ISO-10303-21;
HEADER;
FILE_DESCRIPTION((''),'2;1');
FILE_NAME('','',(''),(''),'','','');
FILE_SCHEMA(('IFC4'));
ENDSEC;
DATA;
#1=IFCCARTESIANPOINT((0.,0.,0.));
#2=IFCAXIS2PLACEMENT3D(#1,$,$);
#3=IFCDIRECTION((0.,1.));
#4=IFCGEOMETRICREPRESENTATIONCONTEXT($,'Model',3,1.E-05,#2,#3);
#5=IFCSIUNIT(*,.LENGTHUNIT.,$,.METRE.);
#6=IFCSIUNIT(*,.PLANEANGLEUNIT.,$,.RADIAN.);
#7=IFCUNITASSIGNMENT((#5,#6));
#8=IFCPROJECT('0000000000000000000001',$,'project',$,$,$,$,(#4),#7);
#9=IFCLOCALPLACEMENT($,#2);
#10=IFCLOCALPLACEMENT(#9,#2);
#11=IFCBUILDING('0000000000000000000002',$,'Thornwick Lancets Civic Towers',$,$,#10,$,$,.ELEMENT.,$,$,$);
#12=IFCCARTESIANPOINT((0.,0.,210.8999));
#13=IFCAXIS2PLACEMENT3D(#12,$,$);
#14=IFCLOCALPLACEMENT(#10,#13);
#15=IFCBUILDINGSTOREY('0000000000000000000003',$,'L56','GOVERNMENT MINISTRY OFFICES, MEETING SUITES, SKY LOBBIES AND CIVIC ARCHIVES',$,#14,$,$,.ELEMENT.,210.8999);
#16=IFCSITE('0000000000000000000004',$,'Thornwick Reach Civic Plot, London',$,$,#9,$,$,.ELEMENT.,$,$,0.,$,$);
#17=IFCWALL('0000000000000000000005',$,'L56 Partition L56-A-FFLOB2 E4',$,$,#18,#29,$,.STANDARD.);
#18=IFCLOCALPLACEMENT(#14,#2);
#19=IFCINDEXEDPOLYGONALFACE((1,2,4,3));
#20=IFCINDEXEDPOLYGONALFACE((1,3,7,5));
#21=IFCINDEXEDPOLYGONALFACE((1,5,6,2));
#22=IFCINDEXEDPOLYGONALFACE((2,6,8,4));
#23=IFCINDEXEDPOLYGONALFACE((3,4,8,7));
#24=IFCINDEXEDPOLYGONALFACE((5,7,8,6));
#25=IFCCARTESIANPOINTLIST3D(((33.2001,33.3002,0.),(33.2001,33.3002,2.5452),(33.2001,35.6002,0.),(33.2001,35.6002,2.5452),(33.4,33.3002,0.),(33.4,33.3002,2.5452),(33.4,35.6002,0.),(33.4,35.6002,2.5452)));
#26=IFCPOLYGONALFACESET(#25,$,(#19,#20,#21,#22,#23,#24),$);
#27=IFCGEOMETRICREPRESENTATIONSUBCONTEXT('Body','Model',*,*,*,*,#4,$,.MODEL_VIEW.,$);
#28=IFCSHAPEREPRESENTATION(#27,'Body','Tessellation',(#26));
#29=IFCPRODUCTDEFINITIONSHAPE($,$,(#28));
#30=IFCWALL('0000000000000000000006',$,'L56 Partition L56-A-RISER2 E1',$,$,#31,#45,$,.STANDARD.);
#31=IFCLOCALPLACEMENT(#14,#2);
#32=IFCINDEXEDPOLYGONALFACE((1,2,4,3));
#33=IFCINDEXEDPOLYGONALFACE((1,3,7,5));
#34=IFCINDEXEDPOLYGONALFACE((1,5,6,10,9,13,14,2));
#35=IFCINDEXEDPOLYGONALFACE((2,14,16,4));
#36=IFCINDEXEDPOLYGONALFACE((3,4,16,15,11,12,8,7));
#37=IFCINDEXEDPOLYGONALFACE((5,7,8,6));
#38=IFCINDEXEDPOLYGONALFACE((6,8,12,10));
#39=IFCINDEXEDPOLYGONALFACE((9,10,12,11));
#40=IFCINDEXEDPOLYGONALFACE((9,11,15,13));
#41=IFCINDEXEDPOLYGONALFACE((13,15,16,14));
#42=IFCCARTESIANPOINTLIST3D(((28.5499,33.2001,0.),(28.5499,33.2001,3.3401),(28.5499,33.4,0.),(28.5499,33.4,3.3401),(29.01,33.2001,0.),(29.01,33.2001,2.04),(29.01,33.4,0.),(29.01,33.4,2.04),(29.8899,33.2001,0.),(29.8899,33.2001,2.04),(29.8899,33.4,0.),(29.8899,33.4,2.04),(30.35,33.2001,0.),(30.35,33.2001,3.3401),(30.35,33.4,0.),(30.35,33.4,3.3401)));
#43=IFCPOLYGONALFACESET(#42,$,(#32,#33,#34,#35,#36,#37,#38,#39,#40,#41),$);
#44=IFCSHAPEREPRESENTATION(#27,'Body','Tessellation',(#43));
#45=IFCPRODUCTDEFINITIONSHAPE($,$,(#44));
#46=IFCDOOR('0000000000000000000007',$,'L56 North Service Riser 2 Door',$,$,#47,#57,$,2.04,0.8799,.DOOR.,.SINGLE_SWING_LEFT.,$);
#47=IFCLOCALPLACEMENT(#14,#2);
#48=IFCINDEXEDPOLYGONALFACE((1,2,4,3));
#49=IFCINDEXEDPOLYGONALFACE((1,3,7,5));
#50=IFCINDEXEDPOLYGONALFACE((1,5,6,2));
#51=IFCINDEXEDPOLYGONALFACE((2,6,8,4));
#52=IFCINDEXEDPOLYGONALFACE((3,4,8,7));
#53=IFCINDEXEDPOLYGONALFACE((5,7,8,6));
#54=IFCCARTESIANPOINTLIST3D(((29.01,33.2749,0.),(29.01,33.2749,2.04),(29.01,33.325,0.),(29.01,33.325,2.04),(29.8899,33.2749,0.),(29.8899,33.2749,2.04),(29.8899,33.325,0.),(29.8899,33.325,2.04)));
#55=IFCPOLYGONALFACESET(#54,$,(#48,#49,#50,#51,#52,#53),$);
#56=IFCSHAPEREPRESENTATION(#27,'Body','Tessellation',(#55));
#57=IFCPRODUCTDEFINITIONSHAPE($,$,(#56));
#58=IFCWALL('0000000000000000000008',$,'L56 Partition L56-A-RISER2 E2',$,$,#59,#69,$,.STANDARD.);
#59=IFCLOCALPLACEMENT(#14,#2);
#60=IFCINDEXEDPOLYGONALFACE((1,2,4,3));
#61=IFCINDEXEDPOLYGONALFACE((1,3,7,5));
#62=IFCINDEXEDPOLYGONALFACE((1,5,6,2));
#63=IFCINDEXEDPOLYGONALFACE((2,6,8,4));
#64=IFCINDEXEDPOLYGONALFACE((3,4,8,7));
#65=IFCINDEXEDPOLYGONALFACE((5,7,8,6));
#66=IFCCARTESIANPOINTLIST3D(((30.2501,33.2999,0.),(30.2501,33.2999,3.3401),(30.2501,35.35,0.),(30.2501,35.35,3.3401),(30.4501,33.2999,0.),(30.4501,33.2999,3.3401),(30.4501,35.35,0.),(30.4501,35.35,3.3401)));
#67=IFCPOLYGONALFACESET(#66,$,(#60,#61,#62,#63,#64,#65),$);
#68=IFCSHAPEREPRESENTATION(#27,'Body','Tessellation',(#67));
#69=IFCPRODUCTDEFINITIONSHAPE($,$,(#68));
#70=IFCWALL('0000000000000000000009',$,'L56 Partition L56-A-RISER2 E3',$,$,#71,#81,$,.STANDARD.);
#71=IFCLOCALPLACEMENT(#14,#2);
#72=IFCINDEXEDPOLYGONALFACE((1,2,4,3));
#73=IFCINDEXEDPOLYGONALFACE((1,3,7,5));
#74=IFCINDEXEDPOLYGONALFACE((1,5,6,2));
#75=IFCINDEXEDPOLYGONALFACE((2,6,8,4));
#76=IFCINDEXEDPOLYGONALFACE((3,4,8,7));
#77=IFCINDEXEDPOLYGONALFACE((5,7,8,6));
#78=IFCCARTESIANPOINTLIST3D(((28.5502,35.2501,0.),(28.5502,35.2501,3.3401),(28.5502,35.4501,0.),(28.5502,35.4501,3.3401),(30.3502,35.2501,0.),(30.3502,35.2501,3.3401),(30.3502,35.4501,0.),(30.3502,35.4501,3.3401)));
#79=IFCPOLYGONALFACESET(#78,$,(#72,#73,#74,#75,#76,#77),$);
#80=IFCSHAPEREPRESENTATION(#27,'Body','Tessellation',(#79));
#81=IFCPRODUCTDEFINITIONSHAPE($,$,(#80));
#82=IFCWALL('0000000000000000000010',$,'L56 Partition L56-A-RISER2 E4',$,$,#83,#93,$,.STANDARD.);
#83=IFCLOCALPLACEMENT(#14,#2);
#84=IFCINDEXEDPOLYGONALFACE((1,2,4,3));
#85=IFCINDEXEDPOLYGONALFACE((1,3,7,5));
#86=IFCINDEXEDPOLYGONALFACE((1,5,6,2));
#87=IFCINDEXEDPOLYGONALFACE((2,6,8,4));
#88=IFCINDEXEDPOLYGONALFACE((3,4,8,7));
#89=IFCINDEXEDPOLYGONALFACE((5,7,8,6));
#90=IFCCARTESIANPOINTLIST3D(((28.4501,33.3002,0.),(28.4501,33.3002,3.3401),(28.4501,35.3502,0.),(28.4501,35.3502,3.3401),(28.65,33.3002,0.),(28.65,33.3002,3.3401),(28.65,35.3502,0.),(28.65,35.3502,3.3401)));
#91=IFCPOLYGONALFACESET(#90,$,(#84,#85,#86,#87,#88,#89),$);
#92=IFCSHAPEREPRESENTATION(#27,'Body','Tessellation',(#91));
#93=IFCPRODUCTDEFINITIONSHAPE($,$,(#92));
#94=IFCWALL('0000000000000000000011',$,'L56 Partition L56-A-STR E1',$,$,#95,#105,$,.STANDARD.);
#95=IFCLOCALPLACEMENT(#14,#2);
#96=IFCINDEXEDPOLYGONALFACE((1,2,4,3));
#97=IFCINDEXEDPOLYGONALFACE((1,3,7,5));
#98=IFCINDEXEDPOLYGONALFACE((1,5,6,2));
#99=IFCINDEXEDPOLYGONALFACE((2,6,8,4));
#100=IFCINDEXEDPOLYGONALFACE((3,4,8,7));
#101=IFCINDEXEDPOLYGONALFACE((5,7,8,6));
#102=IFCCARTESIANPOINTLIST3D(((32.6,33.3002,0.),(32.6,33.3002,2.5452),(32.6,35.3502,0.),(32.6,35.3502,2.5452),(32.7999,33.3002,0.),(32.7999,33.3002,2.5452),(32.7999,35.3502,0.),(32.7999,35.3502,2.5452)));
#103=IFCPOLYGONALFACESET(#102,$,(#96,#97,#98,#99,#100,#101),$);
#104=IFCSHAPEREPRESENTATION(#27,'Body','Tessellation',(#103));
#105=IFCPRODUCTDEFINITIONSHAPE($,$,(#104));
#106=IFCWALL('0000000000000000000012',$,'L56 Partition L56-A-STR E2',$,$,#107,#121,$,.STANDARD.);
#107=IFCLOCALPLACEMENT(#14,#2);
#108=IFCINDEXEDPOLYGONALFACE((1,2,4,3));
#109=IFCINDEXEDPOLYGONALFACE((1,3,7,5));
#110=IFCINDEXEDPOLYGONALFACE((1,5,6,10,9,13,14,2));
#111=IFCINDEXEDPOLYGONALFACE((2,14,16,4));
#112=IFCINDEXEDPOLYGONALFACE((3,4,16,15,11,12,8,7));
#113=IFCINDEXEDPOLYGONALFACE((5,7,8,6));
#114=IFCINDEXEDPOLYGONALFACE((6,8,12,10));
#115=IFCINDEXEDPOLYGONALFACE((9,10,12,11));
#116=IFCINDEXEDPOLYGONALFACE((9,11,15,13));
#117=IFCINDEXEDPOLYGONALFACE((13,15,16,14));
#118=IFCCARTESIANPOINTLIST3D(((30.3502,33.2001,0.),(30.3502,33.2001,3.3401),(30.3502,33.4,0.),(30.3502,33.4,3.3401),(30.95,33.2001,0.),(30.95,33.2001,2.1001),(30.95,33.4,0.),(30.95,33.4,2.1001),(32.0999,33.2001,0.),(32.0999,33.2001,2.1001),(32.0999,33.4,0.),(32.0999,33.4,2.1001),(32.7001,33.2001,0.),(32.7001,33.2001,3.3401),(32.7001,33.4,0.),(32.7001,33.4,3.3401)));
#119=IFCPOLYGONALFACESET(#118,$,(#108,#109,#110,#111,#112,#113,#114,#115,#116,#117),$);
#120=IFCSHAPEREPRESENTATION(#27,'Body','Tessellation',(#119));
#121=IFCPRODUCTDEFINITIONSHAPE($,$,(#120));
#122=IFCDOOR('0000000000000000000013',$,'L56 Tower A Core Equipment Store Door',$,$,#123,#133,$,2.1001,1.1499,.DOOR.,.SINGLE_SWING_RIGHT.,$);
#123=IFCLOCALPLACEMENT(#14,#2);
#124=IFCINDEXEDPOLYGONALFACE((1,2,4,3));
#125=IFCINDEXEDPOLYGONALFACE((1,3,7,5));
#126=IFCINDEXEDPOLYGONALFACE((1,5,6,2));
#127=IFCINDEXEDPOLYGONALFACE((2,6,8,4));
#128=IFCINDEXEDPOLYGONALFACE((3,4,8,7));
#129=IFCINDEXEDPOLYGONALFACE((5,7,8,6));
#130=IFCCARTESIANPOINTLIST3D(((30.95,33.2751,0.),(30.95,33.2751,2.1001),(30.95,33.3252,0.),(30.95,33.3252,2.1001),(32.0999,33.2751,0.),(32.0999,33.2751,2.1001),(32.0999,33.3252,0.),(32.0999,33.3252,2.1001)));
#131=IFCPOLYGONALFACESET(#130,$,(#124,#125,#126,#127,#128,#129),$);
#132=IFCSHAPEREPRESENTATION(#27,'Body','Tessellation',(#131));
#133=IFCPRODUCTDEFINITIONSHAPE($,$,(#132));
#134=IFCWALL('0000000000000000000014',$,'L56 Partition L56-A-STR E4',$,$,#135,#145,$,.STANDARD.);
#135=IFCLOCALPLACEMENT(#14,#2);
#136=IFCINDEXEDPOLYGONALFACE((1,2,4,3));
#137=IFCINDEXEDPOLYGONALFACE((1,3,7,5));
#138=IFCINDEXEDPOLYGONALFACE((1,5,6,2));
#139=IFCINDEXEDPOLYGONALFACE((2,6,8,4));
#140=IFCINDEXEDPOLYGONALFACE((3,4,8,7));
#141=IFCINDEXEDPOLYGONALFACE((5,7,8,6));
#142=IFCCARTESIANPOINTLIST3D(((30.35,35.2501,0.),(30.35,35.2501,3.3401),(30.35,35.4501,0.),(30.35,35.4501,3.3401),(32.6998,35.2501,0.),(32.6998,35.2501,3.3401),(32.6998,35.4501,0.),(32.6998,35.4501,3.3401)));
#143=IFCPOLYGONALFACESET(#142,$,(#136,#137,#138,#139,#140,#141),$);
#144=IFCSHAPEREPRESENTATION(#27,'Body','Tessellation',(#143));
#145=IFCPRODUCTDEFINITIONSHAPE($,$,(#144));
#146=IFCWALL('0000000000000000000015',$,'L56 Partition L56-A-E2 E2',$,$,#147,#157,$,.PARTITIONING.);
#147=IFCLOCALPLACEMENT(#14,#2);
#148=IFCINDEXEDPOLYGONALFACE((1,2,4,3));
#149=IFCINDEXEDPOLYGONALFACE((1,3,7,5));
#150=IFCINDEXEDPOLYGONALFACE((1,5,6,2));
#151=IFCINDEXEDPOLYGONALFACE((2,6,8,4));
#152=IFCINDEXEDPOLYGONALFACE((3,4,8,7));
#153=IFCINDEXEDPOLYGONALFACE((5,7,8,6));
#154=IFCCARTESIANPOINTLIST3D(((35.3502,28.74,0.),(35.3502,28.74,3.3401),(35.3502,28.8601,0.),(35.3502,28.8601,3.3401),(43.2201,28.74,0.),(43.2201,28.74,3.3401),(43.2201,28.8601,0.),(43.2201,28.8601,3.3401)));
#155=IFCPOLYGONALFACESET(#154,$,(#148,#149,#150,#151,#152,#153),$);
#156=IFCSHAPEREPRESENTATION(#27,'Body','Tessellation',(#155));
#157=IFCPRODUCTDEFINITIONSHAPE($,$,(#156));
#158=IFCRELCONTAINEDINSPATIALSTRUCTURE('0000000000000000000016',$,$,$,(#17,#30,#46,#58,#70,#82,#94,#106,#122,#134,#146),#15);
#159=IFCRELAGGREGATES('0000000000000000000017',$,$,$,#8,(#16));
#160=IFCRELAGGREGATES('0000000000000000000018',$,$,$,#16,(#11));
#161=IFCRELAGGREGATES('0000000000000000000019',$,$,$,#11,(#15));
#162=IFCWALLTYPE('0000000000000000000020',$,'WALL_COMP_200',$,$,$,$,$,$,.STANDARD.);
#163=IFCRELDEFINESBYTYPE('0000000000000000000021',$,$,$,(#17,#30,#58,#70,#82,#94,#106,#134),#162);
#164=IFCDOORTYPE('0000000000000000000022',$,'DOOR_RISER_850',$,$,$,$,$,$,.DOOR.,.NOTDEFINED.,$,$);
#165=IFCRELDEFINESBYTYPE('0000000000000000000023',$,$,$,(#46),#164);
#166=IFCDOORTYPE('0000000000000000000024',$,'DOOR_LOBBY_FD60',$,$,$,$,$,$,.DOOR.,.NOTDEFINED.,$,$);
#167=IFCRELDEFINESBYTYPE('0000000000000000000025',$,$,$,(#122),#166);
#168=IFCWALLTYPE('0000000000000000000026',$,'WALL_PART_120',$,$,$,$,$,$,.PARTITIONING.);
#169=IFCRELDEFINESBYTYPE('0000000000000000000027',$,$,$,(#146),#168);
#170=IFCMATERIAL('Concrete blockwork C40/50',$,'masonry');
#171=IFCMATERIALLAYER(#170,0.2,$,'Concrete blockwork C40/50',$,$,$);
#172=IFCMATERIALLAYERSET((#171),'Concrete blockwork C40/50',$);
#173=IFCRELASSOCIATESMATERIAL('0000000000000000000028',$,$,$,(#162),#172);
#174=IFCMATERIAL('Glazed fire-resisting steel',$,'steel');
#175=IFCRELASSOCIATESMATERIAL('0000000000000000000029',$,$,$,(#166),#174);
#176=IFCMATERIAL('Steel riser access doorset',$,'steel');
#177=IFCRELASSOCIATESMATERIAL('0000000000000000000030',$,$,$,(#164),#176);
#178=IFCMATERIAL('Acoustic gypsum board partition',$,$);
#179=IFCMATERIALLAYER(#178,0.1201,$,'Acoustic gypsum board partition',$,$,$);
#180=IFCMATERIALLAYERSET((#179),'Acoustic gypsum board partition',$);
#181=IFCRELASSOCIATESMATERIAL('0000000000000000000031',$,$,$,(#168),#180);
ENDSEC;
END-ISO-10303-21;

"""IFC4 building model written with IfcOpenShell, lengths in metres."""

from ifc_helpers import new_model, si_unit, direction, frame, frame_2d, origin, place, context, subcontext, project, spatial, rectangle, extrude, material, layer, layer_set, type_object, element, fill, save


model = new_model("IFC4")

# Units and contexts
model_context = context("Model", 3, precision=1e-05, world=origin(), true_north=direction((0.0, 1.0)))
body_context = subcontext(model_context, "Body", "Model", "MODEL_VIEW")
ifc_project = project(units=[si_unit("LENGTHUNIT", "METRE"), si_unit("PLANEANGLEUNIT", "RADIAN")], contexts=[model_context])

# Site, building, storey
site_placement = place(None, origin())
site = spatial("IfcSite", under=ifc_project, at=site_placement, Name="Thornwick Reach Civic Plot, London", CompositionType="ELEMENT", RefElevation=0.0)
building_placement = place(site_placement, origin())
building = spatial("IfcBuilding", under=site, at=building_placement, Name="Thornwick Lancets Civic Towers", CompositionType="ELEMENT")
storey_placement = place(building_placement, frame((0.0, 0.0, 210.8999)))
storey = spatial("IfcBuildingStorey", under=building, at=storey_placement, Name="L56", Description="GOVERNMENT MINISTRY OFFICES, MEETING SUITES, SKY LOBBIES AND CIVIC ARCHIVES", CompositionType="ELEMENT", Elevation=210.8999)

# Shared definitions
ifc_material_1 = material(Name="Concrete blockwork C40/50", Category="masonry")
ifc_layer_1 = layer(ifc_material_1, 0.2, Name="Concrete blockwork C40/50")
ifc_layer_set_1 = layer_set([ifc_layer_1], Name="Concrete blockwork C40/50")
wall_type_1 = type_object("IfcWallType", Name="WALL_COMP_200", PredefinedType="STANDARD", material=ifc_layer_set_1)
ifc_material_2 = material(Name="Glazed fire-resisting steel", Category="steel")
door_type_1 = type_object("IfcDoorType", Name="DOOR_LOBBY_FD60", OperationType="NOTDEFINED", PredefinedType="DOOR", material=ifc_material_2)

# Wall
wall_1_placement = place(storey_placement, frame((33.3, 35.6001, 0.0), z_axis=(0.0, 0.0, 1.0), x_axis=(0.0, -1.0, 0.0)))
element("IfcWall", 1, at=wall_1_placement, inside=storey, type_object=wall_type_1, Name="L56 Partition L56-A-FFLOB2 E4", PredefinedType="STANDARD", context=body_context, shape_type="SweptSolid", body=[
    extrude(rectangle(XDim=2.3, YDim=0.2, at=frame_2d((1.1499, 0.0))), origin(), (0.0, 0.0, 1.0), 2.5452),
])

# Wall, opening, door
wall_2_placement = place(storey_placement, frame((28.55, 33.3, 0.0), z_axis=(0.0, 0.0, 1.0), x_axis=(1.0, 0.0, 0.0)))
wall_2 = element("IfcWall", 2, at=wall_2_placement, inside=storey, type_object=wall_type_1, Name="L56 Partition L56-A-RISER2 E1", PredefinedType="STANDARD", context=body_context, shape_type="SweptSolid", body=[
    extrude(rectangle(XDim=1.8, YDim=0.2, at=frame_2d((0.8999, 0.0))), origin(), (0.0, 0.0, 1.0), 3.3401),
])
opening_1_placement = place(wall_2_placement, frame((0.46, 0.0, 0.0)))
opening_1 = element("IfcOpeningElement", 3, at=opening_1_placement, cuts=wall_2, PredefinedType="OPENING", context=body_context, shape_type="SweptSolid", body=[
    extrude(rectangle(XDim=0.8799, YDim=2.04, at=frame_2d((0.4399, 1.02))), frame((0.0, 0.1099, 0.0), z_axis=(0.0, -1.0, 0.0), x_axis=(1.0, 0.0, 0.0)), (0.0, 0.0, 1.0), 0.22),
])
ifc_material_3 = material(Name="Steel riser access doorset", Category="steel")
door_type_2 = type_object("IfcDoorType", Name="DOOR_RISER_850", OperationType="NOTDEFINED", PredefinedType="DOOR", material=ifc_material_3)
door_1_placement = place(opening_1_placement, origin())
door_1 = element("IfcDoor", 4, at=door_1_placement, inside=storey, type_object=door_type_2, Name="L56 North Service Riser 2 Door", OperationType="SINGLE_SWING_LEFT", OverallHeight=2.04, OverallWidth=0.8799, PredefinedType="DOOR", context=body_context, shape_type="SweptSolid", body=[
    extrude(rectangle(XDim=0.8799, YDim=2.04, at=frame_2d((0.4399, 1.02))), frame((0.0, 0.0249, 0.0), z_axis=(0.0, -1.0, 0.0), x_axis=(1.0, 0.0, 0.0)), (0.0, 0.0, 1.0), 0.05),
])
fill(opening_1, door_1)

# Walls
wall_3_placement = place(storey_placement, frame((30.3501, 33.3, 0.0), z_axis=(0.0, 0.0, 1.0), x_axis=(0.0, 1.0, 0.0)))
element("IfcWall", 5, at=wall_3_placement, inside=storey, type_object=wall_type_1, Name="L56 Partition L56-A-RISER2 E2", PredefinedType="STANDARD", context=body_context, shape_type="SweptSolid", body=[
    extrude(rectangle(XDim=2.05, YDim=0.2, at=frame_2d((1.0249, 0.0))), origin(), (0.0, 0.0, 1.0), 3.3401),
])
wall_4_placement = place(storey_placement, frame((30.3501, 35.3501, 0.0), z_axis=(0.0, 0.0, 1.0), x_axis=(-1.0, 0.0, 0.0)))
element("IfcWall", 6, at=wall_4_placement, inside=storey, type_object=wall_type_1, Name="L56 Partition L56-A-RISER2 E3", PredefinedType="STANDARD", context=body_context, shape_type="SweptSolid", body=[
    extrude(rectangle(XDim=1.8, YDim=0.2, at=frame_2d((0.8999, 0.0))), origin(), (0.0, 0.0, 1.0), 3.3401),
])
wall_5_placement = place(storey_placement, frame((28.55, 35.3501, 0.0), z_axis=(0.0, 0.0, 1.0), x_axis=(0.0, -1.0, 0.0)))
element("IfcWall", 7, at=wall_5_placement, inside=storey, type_object=wall_type_1, Name="L56 Partition L56-A-RISER2 E4", PredefinedType="STANDARD", context=body_context, shape_type="SweptSolid", body=[
    extrude(rectangle(XDim=2.05, YDim=0.2, at=frame_2d((1.0249, 0.0))), origin(), (0.0, 0.0, 1.0), 3.3401),
])
wall_6_placement = place(storey_placement, frame((32.7, 35.3501, 0.0), z_axis=(0.0, 0.0, 1.0), x_axis=(0.0, -1.0, 0.0)))
element("IfcWall", 8, at=wall_6_placement, inside=storey, type_object=wall_type_1, Name="L56 Partition L56-A-STR E1", PredefinedType="STANDARD", context=body_context, shape_type="SweptSolid", body=[
    extrude(rectangle(XDim=2.05, YDim=0.2, at=frame_2d((1.0249, 0.0))), origin(), (0.0, 0.0, 1.0), 2.5452),
])

# Wall, opening, door
wall_7_placement = place(storey_placement, frame((32.7, 33.3, 0.0), z_axis=(0.0, 0.0, 1.0), x_axis=(-1.0, 0.0, 0.0)))
wall_7 = element("IfcWall", 9, at=wall_7_placement, inside=storey, type_object=wall_type_1, Name="L56 Partition L56-A-STR E2", PredefinedType="STANDARD", context=body_context, shape_type="SweptSolid", body=[
    extrude(rectangle(XDim=2.3499, YDim=0.2, at=frame_2d((1.1748, 0.0))), origin(), (0.0, 0.0, 1.0), 3.3401),
])
opening_2_placement = place(wall_7_placement, frame((0.6001, 0.0, 0.0)))
opening_2 = element("IfcOpeningElement", 10, at=opening_2_placement, cuts=wall_7, PredefinedType="OPENING", context=body_context, shape_type="SweptSolid", body=[
    extrude(rectangle(XDim=1.1499, YDim=2.1001, at=frame_2d((0.575, 1.05))), frame((0.0, 0.1099, 0.0), z_axis=(0.0, -1.0, 0.0), x_axis=(1.0, 0.0, 0.0)), (0.0, 0.0, 1.0), 0.22),
])
door_2_placement = place(opening_2_placement, origin())
door_2 = element("IfcDoor", 11, at=door_2_placement, inside=storey, type_object=door_type_1, Name="L56 Tower A Core Equipment Store Door", OperationType="SINGLE_SWING_RIGHT", OverallHeight=2.1001, OverallWidth=1.1499, PredefinedType="DOOR", context=body_context, shape_type="SweptSolid", body=[
    extrude(rectangle(XDim=1.1499, YDim=2.1001, at=frame_2d((0.575, 1.05))), frame((0.0, 0.0249, 0.0), z_axis=(0.0, -1.0, 0.0), x_axis=(1.0, 0.0, 0.0)), (0.0, 0.0, 1.0), 0.05),
])
fill(opening_2, door_2)

# Walls
wall_8_placement = place(storey_placement, frame((30.3501, 35.3501, 0.0), z_axis=(0.0, 0.0, 1.0), x_axis=(1.0, 0.0, 0.0)))
element("IfcWall", 12, at=wall_8_placement, inside=storey, type_object=wall_type_1, Name="L56 Partition L56-A-STR E4", PredefinedType="STANDARD", context=body_context, shape_type="SweptSolid", body=[
    extrude(rectangle(XDim=2.3499, YDim=0.2, at=frame_2d((1.1748, 0.0))), origin(), (0.0, 0.0, 1.0), 3.3401),
])
ifc_material_4 = material(Name="Acoustic gypsum board partition")
ifc_layer_2 = layer(ifc_material_4, 0.1201, Name="Acoustic gypsum board partition")
ifc_layer_set_2 = layer_set([ifc_layer_2], Name="Acoustic gypsum board partition")
wall_type_2 = type_object("IfcWallType", Name="WALL_PART_120", PredefinedType="PARTITIONING", material=ifc_layer_set_2)
wall_9_placement = place(storey_placement, frame((35.3501, 28.8, 0.0), z_axis=(0.0, 0.0, 1.0), x_axis=(1.0, 0.0, 0.0)))
element("IfcWall", 13, at=wall_9_placement, inside=storey, type_object=wall_type_2, Name="L56 Partition L56-A-E2 E2", PredefinedType="PARTITIONING", context=body_context, shape_type="SweptSolid", body=[
    extrude(rectangle(XDim=7.8699, YDim=0.1201, at=frame_2d((3.9351, 0.0))), origin(), (0.0, 0.0, 1.0), 3.3401),
])

save(model, "model.ifc")
